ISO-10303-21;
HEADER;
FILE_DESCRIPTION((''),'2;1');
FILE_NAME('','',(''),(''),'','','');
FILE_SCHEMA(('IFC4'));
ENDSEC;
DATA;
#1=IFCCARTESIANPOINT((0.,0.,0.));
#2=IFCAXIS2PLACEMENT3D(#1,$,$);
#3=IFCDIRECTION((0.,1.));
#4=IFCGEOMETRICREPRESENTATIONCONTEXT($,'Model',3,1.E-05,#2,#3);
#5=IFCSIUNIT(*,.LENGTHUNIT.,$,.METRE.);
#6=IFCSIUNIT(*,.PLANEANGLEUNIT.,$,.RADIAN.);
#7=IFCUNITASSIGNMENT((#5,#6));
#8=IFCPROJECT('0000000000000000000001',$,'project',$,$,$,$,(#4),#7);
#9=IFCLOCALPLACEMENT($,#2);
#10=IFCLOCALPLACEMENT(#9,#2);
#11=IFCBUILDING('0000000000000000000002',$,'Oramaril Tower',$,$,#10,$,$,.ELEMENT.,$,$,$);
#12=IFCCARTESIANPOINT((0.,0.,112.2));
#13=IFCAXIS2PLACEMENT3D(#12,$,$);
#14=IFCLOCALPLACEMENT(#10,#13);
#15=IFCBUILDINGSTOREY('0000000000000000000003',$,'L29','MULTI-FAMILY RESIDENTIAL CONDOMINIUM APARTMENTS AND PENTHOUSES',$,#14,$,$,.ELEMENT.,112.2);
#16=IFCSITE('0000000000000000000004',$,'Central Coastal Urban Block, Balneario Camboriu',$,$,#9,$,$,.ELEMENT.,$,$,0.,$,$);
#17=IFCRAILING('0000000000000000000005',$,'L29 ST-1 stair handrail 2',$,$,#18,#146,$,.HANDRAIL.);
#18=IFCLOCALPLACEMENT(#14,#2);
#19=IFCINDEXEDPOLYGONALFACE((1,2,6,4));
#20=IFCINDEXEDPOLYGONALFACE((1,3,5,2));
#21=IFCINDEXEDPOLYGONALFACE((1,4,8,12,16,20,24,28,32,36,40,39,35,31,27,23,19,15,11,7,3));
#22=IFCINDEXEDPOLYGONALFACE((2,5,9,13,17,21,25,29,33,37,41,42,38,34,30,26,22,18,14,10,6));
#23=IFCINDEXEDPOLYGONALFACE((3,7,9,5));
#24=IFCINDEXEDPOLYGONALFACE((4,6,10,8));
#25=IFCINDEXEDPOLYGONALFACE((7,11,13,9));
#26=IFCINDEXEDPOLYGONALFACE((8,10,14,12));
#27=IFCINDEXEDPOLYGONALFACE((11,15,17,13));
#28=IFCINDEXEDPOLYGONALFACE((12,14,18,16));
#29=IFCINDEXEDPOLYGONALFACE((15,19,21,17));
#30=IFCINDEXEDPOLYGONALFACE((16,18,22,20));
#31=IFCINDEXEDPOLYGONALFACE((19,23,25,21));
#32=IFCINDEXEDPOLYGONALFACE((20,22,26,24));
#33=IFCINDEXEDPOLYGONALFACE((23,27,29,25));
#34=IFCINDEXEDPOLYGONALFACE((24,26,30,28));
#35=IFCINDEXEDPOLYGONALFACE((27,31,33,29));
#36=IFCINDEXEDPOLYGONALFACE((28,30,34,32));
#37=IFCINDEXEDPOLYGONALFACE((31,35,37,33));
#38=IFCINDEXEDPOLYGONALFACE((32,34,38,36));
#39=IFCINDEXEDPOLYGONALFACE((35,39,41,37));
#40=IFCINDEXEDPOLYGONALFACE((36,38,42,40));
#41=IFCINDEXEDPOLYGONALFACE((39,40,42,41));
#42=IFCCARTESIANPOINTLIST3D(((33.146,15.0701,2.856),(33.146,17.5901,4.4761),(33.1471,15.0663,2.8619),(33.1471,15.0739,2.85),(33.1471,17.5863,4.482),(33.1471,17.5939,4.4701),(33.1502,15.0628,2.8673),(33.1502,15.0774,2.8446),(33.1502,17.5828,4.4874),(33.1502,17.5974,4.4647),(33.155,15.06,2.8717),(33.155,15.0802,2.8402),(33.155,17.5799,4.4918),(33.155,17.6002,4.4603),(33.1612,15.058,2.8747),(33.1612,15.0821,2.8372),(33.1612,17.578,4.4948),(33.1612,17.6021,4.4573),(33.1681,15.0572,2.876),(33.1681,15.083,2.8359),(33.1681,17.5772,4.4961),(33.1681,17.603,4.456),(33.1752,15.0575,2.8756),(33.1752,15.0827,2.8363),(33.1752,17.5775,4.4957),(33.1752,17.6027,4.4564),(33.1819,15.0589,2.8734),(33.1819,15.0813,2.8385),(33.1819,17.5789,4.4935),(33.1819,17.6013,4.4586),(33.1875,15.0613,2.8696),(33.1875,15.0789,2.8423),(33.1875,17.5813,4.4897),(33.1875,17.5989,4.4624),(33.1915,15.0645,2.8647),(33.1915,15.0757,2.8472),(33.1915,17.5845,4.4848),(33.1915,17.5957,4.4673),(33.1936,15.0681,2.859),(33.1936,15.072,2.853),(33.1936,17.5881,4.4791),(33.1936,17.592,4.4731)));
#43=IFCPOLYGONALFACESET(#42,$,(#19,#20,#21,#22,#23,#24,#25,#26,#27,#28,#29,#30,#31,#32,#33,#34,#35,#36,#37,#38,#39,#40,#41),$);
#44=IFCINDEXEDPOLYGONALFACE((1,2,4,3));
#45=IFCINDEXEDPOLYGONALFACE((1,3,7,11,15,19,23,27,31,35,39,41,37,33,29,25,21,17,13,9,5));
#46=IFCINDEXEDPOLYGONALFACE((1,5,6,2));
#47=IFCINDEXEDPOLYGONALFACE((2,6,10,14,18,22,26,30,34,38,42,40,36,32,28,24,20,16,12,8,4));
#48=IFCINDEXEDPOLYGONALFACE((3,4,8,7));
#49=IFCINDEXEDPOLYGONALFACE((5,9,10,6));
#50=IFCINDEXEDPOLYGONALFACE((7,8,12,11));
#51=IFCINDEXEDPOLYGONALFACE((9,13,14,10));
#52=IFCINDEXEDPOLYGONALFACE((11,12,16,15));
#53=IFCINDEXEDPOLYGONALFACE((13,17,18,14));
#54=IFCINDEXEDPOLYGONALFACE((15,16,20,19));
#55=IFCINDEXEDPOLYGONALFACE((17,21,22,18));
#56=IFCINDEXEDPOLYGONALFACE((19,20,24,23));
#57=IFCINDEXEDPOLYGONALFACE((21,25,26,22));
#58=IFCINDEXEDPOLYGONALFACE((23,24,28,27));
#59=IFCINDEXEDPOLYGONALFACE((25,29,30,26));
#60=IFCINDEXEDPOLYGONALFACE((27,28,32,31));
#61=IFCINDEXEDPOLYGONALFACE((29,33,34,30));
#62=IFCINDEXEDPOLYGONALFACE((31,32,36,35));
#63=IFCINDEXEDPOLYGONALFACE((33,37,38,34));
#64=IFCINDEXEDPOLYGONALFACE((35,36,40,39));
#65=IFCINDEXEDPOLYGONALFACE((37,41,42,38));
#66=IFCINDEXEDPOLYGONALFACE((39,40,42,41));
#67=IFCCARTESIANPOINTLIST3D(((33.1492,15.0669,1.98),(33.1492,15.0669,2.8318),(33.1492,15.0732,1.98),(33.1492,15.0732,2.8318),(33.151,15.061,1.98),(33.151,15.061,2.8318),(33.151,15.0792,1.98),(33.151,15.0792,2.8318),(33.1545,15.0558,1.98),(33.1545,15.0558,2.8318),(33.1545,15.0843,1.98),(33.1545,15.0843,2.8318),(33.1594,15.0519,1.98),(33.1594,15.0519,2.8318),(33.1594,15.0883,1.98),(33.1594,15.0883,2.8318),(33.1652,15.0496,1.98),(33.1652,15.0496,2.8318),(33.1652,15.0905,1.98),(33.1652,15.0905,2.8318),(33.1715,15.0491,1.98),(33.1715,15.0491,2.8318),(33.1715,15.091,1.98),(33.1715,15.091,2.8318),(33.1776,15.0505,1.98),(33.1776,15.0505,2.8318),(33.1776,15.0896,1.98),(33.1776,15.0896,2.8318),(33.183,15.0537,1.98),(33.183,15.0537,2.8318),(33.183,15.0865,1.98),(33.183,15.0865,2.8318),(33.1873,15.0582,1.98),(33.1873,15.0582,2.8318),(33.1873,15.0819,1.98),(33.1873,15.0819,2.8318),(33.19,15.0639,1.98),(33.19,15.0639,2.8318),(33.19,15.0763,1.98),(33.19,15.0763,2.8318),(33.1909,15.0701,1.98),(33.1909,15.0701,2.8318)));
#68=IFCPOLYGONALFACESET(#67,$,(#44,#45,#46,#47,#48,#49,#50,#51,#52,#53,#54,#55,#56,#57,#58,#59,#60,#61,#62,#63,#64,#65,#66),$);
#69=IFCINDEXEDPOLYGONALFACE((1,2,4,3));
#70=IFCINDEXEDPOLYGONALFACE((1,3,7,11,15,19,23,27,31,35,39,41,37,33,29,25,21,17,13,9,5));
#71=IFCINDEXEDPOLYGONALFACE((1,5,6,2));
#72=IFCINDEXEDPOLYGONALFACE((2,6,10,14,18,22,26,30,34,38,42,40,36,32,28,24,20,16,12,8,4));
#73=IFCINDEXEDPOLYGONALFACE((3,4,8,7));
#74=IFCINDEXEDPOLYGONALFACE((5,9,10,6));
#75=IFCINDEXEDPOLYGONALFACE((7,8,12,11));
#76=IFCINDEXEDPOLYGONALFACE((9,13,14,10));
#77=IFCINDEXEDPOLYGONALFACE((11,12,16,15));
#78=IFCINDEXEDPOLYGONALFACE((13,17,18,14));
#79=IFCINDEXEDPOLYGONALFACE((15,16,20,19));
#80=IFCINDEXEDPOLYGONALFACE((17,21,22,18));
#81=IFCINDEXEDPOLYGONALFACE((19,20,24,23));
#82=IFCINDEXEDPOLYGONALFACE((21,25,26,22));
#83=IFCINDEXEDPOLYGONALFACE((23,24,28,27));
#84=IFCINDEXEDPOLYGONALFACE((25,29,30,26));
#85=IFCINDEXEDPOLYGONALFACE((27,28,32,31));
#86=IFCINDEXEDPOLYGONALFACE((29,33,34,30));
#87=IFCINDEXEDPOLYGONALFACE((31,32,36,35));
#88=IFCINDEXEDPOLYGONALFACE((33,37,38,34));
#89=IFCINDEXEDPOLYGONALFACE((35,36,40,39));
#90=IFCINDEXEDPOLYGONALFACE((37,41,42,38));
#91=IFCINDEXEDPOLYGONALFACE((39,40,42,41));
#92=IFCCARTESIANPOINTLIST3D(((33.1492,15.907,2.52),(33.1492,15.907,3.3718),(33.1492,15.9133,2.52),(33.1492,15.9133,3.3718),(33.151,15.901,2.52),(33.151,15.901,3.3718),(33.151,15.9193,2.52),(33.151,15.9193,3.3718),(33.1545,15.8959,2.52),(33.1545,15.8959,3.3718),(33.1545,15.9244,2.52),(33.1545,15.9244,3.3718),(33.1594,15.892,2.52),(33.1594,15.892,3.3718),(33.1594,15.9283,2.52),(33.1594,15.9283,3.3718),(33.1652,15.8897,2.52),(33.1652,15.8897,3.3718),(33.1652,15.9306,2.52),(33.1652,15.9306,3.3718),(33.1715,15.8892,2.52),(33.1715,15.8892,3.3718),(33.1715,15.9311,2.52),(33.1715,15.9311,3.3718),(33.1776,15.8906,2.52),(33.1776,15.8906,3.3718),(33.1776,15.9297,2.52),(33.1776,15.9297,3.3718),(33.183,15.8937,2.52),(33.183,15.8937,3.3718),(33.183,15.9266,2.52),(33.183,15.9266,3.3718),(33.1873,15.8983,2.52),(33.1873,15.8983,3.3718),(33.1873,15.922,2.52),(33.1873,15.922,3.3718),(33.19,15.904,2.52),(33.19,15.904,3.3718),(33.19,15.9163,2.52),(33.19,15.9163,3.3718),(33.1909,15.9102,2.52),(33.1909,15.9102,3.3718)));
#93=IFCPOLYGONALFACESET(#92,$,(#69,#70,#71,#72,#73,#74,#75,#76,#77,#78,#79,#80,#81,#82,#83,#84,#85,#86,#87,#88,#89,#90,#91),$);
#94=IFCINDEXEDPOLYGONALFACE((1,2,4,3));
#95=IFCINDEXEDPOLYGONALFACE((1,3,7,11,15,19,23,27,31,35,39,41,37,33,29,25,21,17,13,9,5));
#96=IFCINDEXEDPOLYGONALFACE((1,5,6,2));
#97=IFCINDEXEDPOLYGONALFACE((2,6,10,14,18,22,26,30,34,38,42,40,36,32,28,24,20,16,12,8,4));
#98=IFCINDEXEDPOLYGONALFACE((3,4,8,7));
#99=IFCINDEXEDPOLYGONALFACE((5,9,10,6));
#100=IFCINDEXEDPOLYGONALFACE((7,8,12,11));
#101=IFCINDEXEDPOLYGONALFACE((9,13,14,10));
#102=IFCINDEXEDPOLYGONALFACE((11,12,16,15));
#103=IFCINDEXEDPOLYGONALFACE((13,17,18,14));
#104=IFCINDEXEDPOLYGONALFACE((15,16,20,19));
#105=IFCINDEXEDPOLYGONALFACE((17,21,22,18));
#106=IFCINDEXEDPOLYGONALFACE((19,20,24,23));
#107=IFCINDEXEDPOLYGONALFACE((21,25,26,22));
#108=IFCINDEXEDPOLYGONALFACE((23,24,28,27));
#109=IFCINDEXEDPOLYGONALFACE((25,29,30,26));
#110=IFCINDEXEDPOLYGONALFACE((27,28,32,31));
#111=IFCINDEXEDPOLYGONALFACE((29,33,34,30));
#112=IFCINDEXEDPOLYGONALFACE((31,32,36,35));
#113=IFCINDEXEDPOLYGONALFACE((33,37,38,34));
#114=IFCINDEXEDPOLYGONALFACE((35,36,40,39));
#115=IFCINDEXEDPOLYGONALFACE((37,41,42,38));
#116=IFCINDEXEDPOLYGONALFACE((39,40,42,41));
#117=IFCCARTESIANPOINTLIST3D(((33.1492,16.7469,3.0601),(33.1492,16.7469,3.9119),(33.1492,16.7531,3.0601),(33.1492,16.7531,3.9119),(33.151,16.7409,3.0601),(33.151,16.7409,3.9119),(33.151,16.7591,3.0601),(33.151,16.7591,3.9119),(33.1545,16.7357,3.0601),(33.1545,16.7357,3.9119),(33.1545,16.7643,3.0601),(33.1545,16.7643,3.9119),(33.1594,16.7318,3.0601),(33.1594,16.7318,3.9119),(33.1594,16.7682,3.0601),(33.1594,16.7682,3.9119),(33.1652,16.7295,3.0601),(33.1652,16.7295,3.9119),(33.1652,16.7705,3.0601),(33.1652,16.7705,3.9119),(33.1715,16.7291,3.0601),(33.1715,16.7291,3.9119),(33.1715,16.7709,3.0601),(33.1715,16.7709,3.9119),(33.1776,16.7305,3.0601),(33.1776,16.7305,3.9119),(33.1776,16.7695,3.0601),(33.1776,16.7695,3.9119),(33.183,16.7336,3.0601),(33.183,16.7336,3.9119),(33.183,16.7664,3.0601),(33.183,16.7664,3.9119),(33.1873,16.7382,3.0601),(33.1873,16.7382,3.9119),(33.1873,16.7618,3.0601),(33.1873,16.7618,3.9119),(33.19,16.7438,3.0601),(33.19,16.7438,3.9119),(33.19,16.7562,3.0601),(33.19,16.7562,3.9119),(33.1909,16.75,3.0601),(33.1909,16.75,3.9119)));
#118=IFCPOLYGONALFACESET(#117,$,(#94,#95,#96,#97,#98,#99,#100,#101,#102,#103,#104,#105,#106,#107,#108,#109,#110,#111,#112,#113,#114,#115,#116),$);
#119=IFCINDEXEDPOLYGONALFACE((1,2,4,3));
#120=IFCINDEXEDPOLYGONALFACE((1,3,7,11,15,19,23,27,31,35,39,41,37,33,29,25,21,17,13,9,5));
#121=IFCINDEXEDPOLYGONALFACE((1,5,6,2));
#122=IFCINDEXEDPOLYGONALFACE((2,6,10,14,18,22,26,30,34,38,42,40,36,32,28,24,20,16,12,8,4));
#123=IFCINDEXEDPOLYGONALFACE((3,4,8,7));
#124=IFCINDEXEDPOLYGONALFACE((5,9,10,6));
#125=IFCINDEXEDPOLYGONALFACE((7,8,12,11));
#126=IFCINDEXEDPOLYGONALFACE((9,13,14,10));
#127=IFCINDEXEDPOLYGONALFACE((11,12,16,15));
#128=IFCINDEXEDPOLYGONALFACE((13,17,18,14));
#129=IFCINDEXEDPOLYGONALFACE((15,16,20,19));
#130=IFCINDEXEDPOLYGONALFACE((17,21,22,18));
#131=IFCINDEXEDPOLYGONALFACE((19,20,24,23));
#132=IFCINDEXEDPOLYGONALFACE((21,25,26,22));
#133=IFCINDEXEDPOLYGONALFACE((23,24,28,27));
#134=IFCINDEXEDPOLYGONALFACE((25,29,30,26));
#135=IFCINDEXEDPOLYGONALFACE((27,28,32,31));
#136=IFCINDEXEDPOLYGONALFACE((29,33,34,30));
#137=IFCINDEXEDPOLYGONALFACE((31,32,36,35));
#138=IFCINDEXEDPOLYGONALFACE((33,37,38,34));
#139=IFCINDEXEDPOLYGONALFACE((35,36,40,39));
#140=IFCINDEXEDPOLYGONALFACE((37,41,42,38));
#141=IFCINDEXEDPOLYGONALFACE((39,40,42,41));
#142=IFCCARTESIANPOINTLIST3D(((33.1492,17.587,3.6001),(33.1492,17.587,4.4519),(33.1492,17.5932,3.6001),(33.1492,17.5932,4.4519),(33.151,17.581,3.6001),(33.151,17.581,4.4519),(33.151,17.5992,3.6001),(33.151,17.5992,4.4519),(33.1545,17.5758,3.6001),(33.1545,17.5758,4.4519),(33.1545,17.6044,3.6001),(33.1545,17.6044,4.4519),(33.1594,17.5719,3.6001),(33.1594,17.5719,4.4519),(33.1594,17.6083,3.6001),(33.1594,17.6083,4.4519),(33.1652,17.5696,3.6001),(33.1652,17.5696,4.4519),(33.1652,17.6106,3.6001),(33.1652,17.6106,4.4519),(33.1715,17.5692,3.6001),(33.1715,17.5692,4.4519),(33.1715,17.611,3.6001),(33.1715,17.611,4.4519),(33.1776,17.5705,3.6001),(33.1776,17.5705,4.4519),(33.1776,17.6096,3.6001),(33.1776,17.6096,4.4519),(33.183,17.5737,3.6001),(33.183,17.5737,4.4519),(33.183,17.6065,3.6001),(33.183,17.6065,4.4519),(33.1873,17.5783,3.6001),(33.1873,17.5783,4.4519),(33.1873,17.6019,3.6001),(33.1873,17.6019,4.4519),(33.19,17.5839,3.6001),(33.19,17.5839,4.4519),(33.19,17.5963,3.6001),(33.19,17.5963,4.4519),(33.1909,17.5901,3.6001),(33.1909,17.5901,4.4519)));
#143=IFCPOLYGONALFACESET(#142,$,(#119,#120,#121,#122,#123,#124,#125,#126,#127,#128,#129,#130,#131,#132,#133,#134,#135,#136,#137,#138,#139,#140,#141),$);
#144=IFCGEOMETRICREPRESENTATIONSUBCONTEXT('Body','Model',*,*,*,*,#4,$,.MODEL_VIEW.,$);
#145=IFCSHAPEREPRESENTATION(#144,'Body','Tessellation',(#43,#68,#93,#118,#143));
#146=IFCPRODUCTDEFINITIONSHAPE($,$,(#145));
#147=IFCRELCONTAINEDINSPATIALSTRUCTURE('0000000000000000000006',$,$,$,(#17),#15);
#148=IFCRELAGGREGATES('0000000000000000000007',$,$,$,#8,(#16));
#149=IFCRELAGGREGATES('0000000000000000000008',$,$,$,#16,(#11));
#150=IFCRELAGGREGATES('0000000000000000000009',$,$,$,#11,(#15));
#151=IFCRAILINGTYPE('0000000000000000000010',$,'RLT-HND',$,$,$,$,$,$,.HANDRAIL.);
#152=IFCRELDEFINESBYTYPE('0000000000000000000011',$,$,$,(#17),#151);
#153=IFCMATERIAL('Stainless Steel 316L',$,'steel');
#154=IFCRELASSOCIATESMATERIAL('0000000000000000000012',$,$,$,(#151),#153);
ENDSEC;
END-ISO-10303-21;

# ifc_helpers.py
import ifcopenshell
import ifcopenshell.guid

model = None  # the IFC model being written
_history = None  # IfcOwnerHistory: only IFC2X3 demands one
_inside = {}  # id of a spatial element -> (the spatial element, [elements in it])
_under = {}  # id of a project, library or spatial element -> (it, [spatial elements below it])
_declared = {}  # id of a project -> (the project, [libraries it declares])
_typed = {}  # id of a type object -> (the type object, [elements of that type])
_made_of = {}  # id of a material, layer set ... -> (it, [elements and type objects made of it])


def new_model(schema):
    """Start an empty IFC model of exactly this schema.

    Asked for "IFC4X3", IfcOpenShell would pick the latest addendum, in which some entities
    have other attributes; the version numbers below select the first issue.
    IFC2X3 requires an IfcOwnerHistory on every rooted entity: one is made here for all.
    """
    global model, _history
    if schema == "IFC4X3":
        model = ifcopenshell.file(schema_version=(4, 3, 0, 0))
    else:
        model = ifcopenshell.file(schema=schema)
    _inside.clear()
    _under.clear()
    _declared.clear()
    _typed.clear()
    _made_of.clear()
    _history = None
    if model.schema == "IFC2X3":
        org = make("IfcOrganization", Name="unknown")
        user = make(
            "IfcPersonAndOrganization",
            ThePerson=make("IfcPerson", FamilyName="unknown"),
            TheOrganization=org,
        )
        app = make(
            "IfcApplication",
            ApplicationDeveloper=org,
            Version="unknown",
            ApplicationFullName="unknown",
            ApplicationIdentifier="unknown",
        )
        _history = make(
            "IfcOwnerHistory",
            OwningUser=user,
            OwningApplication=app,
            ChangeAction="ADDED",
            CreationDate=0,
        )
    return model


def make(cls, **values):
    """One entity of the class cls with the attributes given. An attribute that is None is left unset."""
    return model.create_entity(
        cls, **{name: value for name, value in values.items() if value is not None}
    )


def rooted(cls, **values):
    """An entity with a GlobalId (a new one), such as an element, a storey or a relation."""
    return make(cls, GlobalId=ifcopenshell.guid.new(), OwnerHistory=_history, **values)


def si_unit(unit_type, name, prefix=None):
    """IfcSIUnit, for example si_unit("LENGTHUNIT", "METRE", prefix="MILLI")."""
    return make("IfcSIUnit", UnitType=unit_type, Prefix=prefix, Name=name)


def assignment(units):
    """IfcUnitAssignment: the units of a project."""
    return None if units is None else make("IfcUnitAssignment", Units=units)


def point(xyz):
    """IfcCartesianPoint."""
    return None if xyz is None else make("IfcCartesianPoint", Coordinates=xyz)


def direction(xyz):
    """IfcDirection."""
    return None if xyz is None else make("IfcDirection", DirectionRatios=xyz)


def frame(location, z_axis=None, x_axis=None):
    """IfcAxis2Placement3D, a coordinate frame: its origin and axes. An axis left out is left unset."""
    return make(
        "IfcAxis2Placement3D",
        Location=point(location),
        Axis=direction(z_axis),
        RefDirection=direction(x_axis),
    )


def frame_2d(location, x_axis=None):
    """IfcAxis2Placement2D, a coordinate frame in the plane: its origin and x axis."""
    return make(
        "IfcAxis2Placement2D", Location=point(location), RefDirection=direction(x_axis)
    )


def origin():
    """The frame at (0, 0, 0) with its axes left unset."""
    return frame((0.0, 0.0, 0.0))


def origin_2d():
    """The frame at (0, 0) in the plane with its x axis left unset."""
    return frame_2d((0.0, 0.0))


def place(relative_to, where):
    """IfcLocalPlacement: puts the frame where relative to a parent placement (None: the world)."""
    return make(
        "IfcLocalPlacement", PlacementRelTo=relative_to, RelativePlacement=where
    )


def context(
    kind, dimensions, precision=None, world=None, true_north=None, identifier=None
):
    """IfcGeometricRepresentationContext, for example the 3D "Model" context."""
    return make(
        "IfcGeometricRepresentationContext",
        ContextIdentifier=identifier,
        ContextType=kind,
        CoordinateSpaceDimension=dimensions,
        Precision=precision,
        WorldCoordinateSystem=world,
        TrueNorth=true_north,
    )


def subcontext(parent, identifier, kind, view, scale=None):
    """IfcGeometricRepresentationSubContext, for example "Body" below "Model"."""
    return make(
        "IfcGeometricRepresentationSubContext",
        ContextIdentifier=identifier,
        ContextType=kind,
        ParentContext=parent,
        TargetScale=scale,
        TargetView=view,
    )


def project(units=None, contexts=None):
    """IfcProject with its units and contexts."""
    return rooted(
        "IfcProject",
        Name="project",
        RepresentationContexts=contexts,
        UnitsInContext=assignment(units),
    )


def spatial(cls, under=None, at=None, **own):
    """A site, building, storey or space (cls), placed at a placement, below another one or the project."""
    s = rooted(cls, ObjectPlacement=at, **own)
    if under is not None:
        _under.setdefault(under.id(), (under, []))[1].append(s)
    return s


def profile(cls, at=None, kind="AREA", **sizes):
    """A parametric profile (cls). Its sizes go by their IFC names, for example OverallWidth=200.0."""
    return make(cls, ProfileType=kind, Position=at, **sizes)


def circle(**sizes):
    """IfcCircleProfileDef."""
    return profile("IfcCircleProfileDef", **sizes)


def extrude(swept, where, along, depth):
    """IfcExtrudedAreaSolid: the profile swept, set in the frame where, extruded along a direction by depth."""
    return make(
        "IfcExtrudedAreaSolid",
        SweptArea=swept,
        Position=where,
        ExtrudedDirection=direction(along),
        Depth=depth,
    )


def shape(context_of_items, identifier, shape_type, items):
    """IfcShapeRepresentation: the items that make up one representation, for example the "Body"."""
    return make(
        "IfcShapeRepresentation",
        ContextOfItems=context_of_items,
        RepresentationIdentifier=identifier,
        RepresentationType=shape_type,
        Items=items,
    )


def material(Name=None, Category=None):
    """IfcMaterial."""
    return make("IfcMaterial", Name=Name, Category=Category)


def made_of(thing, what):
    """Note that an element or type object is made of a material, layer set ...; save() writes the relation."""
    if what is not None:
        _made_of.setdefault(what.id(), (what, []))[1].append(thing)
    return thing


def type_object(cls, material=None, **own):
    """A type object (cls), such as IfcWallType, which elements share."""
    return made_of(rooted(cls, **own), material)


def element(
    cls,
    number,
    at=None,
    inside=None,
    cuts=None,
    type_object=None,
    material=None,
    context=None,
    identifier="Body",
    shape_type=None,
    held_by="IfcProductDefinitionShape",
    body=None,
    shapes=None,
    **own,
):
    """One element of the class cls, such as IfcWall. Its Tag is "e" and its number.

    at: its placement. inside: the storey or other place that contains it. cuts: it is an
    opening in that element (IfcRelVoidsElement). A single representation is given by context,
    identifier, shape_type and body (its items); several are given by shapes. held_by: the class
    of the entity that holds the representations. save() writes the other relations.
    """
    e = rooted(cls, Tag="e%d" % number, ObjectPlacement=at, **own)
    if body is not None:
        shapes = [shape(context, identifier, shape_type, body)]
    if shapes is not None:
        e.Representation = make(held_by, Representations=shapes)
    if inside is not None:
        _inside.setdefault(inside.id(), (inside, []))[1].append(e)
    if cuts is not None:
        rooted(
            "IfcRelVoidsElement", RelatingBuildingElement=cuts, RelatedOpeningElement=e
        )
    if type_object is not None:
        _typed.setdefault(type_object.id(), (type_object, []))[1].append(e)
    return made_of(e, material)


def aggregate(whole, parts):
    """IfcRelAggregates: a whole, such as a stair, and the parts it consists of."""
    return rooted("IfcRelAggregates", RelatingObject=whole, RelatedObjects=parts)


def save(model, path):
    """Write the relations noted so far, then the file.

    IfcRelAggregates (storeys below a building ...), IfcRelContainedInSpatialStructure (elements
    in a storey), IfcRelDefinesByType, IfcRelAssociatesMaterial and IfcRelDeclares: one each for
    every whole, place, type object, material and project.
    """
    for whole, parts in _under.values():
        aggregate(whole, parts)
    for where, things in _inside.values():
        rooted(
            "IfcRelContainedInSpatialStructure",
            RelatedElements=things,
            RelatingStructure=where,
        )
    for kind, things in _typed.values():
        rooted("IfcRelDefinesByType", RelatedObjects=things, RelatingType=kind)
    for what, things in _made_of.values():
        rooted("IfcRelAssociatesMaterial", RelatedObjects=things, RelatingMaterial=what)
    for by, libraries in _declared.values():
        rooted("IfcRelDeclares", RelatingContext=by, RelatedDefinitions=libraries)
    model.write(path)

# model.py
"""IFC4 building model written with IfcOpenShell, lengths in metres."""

from ifc_helpers import new_model, si_unit, direction, frame, origin, origin_2d, place, context, subcontext, project, spatial, circle, extrude, material, type_object, element, save


model = new_model("IFC4")

# Units and contexts
model_context = context("Model", 3, precision=1e-05, world=origin(), true_north=direction((0.0, 1.0)))
body_context = subcontext(model_context, "Body", "Model", "MODEL_VIEW")
ifc_project = project(units=[si_unit("LENGTHUNIT", "METRE"), si_unit("PLANEANGLEUNIT", "RADIAN")], contexts=[model_context])

# Site, building, storey
site_placement = place(None, origin())
site = spatial("IfcSite", under=ifc_project, at=site_placement, Name="Central Coastal Urban Block, Balneario Camboriu", CompositionType="ELEMENT", RefElevation=0.0)
building_placement = place(site_placement, origin())
building = spatial("IfcBuilding", under=site, at=building_placement, Name="Oramaril Tower", CompositionType="ELEMENT")
storey_placement = place(building_placement, frame((0.0, 0.0, 112.2)))
storey = spatial("IfcBuildingStorey", under=building, at=storey_placement, Name="L29", Description="MULTI-FAMILY RESIDENTIAL CONDOMINIUM APARTMENTS AND PENTHOUSES", CompositionType="ELEMENT", Elevation=112.2)

# Railing
ifc_material_1 = material(Name="Stainless Steel 316L", Category="steel")
railing_type_1 = type_object("IfcRailingType", Name="RLT-HND", PredefinedType="HANDRAIL", material=ifc_material_1)
railing_1_placement = place(storey_placement, frame((33.1699, 15.0701, 1.98)))
element("IfcRailing", 1, at=railing_1_placement, inside=storey, type_object=railing_type_1, Name="L29 ST-1 stair handrail 2", PredefinedType="HANDRAIL", context=body_context, shape_type="SweptSolid", body=[
    extrude(circle(Radius=0.0239, at=origin_2d()), frame((0.0, 0.0, 0.876), z_axis=(0.0, 0.841163, 0.540782), x_axis=(-1.0, 0.0, 0.0)), (0.0, 0.0, 1.0), 2.9958),
    extrude(circle(Radius=0.021, at=origin_2d()), origin(), (0.0, 0.0, 1.0), 0.8518),
    extrude(circle(Radius=0.021, at=origin_2d()), frame((0.0, 0.8401, 0.54)), (0.0, 0.0, 1.0), 0.8518),
    extrude(circle(Radius=0.021, at=origin_2d()), frame((0.0, 1.6799, 1.0801)), (0.0, 0.0, 1.0), 0.8518),
    extrude(circle(Radius=0.021, at=origin_2d()), frame((0.0, 2.52, 1.6201)), (0.0, 0.0, 1.0), 0.8518),
])

save(model, "model.ifc")
